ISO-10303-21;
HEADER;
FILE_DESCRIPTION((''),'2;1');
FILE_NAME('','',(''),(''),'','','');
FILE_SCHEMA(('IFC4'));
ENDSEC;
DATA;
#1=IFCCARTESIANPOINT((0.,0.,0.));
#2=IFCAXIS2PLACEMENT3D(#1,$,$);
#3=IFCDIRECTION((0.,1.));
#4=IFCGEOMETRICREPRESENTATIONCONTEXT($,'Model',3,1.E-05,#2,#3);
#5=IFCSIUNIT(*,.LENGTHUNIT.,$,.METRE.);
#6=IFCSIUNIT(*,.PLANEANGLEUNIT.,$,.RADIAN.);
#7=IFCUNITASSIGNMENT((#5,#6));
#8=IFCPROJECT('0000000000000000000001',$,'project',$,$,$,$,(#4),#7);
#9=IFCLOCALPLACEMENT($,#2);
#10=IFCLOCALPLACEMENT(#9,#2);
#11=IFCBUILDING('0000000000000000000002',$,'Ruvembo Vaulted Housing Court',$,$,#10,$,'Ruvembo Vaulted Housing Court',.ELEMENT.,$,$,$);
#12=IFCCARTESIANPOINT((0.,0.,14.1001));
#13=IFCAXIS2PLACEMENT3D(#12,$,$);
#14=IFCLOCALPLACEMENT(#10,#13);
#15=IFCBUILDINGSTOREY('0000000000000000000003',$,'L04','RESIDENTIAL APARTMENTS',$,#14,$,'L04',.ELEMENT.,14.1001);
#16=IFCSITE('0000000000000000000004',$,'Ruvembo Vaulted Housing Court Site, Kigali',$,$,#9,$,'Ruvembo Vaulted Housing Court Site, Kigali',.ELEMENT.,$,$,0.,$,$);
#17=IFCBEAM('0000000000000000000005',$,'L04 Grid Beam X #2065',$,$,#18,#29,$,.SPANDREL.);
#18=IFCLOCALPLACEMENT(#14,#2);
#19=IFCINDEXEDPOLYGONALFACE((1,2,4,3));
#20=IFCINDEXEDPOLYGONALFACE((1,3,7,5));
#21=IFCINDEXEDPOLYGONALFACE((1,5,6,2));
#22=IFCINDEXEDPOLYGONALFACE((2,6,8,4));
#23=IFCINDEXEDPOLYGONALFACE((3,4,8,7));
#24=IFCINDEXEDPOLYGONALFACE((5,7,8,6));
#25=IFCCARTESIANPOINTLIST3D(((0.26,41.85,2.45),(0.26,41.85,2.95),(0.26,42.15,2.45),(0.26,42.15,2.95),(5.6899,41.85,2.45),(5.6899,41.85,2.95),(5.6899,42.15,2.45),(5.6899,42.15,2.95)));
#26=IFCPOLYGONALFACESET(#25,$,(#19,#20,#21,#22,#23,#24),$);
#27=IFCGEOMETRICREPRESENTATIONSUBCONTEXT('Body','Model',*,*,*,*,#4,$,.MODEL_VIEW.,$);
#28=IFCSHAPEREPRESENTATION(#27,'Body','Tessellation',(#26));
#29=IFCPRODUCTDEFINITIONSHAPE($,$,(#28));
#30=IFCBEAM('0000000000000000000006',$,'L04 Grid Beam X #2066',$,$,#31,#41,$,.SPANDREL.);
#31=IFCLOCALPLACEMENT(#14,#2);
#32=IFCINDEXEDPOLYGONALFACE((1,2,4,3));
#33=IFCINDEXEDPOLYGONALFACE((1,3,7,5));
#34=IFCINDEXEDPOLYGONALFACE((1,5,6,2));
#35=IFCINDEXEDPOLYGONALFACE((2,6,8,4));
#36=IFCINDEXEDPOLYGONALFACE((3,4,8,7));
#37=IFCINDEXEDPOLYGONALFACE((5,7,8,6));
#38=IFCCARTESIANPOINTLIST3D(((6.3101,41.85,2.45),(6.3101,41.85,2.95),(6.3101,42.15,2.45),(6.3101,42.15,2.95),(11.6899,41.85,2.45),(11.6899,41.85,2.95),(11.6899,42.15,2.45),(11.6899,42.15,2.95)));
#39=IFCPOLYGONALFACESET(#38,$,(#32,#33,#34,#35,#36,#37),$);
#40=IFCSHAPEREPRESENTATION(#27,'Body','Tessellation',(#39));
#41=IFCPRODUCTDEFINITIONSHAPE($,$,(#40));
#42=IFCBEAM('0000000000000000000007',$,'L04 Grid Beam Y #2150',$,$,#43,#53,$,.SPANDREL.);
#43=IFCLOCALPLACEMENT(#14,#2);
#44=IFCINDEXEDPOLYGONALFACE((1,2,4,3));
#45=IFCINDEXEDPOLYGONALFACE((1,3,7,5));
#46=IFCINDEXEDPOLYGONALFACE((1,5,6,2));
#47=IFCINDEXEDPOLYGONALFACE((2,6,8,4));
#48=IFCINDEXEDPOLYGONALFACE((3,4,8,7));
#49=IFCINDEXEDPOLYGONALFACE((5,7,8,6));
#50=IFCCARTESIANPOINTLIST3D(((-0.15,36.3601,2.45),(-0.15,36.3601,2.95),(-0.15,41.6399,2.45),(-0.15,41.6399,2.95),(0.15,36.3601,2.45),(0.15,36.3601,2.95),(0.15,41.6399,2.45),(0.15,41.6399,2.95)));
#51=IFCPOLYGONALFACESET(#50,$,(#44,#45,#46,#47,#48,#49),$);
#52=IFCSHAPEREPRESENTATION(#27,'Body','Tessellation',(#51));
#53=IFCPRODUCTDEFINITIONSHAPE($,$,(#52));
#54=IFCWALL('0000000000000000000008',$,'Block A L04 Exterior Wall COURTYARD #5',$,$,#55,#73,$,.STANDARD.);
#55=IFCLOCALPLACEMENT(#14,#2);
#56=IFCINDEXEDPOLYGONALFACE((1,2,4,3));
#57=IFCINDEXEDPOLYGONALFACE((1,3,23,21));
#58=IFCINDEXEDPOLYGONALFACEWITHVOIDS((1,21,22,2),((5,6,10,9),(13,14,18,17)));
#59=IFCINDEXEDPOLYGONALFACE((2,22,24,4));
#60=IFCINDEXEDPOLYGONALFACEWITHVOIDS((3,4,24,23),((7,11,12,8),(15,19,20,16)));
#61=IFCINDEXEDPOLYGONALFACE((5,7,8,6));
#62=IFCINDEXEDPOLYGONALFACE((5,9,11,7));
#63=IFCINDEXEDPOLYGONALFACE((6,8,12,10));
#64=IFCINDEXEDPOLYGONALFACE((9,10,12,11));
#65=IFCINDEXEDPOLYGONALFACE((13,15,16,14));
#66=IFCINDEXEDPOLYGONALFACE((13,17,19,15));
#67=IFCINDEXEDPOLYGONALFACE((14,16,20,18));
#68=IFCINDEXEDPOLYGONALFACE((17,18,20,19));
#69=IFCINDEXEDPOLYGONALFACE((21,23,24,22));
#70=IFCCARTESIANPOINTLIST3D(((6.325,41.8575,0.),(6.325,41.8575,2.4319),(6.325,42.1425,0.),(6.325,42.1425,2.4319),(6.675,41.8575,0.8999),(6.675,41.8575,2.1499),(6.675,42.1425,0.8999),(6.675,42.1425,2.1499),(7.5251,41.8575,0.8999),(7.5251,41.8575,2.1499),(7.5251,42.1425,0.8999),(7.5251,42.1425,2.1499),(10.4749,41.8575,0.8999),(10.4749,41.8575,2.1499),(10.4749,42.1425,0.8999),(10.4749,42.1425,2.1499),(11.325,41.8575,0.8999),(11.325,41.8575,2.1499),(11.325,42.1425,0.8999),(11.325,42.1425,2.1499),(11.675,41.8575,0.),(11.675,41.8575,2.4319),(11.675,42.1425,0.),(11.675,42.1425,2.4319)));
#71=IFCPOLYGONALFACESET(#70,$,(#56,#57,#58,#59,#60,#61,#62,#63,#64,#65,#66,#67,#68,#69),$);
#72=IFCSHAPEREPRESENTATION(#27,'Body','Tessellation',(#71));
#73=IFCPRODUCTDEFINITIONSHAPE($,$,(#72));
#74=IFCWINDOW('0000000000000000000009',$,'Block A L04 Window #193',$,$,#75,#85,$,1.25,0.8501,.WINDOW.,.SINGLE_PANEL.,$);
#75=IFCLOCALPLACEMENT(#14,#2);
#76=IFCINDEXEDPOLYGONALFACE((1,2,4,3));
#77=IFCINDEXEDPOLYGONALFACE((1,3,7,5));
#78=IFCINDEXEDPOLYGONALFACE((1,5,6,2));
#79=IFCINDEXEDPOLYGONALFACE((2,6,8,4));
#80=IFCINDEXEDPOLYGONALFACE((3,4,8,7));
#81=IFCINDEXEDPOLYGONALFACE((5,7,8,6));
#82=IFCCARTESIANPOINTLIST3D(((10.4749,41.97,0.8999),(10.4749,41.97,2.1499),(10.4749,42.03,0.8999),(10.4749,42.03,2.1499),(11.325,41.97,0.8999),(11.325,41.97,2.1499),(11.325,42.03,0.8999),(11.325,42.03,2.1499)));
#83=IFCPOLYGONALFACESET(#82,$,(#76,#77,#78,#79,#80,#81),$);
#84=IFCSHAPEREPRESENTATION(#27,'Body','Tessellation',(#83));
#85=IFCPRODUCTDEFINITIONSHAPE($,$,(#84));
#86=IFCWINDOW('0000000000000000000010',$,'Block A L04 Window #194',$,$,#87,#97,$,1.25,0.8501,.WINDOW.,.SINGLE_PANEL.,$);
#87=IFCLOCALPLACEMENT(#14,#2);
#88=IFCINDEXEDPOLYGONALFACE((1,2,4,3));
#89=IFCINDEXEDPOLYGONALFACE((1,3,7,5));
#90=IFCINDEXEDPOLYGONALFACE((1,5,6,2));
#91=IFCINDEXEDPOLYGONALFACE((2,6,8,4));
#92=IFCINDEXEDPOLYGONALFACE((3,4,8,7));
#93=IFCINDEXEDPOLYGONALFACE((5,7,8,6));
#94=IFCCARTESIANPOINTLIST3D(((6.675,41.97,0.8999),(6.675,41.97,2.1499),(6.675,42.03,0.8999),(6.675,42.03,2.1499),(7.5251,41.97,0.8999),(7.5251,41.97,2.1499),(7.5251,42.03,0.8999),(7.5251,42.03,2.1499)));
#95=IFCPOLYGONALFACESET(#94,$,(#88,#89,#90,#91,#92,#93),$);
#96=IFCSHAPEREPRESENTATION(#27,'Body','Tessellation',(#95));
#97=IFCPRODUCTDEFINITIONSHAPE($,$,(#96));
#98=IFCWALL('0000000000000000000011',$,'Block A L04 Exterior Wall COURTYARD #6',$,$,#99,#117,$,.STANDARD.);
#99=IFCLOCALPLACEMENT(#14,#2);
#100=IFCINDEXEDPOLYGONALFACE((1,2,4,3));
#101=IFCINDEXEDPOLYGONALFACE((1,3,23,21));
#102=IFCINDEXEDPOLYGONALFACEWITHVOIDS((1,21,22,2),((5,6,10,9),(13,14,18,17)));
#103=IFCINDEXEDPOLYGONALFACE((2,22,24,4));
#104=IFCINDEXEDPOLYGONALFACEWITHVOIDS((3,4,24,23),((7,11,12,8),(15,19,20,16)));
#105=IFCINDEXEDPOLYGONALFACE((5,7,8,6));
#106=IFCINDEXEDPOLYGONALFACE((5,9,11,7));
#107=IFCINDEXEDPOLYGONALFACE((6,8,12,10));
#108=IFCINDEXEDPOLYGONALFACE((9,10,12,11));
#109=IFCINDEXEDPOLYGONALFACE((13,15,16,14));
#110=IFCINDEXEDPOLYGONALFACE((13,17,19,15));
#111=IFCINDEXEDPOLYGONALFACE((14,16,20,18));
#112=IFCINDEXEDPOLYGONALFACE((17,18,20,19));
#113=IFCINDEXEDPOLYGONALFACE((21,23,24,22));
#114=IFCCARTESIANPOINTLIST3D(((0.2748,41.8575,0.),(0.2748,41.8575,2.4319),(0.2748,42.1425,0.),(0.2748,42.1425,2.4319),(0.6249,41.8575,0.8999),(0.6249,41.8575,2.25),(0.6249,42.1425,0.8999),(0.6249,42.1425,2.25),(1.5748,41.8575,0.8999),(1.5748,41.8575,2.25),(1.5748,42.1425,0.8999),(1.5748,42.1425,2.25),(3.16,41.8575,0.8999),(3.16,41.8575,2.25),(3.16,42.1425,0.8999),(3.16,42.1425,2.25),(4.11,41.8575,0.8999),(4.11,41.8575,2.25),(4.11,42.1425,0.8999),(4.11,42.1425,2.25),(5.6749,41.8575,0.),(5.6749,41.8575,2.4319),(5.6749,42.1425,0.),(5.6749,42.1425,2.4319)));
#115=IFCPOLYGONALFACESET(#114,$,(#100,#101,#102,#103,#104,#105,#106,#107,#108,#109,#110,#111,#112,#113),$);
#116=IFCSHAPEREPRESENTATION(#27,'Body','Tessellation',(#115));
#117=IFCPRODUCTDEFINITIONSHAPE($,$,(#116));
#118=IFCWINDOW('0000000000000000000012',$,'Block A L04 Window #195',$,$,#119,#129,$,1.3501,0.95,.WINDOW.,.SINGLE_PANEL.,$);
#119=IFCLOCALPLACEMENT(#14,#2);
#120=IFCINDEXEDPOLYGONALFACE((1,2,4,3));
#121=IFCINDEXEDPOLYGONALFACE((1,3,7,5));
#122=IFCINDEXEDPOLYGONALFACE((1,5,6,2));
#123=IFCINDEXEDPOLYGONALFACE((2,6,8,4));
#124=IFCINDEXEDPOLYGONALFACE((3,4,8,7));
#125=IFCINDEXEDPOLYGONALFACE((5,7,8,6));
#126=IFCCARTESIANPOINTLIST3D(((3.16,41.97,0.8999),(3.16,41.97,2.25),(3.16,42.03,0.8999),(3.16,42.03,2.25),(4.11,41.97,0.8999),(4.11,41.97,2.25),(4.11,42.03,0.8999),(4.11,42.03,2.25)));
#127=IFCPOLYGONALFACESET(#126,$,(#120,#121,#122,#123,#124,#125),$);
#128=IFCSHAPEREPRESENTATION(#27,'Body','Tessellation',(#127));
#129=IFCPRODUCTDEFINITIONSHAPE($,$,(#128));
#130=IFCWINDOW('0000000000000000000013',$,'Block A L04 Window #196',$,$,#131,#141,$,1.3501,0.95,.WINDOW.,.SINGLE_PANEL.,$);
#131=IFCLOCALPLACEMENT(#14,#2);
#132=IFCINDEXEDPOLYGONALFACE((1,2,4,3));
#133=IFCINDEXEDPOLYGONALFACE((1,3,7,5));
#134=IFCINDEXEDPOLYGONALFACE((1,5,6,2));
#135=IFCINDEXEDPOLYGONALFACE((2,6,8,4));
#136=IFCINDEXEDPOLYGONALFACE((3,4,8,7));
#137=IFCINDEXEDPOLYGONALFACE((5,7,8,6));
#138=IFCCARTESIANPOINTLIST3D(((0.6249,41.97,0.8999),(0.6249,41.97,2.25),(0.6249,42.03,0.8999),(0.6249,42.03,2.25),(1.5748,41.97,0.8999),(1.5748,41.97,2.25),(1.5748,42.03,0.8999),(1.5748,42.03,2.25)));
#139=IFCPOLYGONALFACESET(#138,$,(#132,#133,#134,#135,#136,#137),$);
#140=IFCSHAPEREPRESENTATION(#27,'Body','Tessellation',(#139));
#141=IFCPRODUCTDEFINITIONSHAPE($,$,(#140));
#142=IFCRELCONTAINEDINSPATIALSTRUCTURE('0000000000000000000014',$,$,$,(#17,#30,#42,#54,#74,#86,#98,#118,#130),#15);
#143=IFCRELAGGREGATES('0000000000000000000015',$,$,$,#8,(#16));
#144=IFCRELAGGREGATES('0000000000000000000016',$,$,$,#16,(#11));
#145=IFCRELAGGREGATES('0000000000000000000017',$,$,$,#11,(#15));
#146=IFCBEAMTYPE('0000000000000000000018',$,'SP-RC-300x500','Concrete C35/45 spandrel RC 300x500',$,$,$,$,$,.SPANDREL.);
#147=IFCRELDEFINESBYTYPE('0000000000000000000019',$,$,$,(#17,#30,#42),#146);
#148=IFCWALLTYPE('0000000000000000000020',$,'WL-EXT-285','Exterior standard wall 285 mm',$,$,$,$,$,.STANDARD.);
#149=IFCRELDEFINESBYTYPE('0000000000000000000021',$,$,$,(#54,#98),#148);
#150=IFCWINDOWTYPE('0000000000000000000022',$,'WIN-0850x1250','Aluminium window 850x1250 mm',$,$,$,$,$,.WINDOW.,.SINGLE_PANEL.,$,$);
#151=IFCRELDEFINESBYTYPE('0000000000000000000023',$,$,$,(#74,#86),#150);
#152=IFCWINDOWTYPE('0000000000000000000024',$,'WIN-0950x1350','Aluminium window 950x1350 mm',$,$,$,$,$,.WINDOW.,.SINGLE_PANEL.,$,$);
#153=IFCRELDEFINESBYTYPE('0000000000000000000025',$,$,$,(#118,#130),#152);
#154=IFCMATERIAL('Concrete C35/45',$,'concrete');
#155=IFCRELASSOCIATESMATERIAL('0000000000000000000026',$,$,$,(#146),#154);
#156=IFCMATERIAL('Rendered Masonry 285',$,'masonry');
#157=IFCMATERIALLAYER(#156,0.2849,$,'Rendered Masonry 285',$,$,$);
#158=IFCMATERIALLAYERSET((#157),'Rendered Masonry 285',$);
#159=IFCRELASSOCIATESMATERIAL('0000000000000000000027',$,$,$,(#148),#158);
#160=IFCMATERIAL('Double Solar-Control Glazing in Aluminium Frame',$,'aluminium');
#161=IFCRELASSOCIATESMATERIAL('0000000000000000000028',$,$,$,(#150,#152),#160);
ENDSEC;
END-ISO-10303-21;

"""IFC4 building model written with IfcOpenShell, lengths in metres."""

from ifc_helpers import new_model, si_unit, direction, frame, frame_2d, origin, origin_2d, place, context, subcontext, project, spatial, rectangle, extrude, material, layer, layer_set, material_profile, profile_set, type_object, element, fill, save


model = new_model("IFC4")

# Units and contexts
model_context = context("Model", 3, precision=1e-05, world=origin(), true_north=direction((0.0, 1.0)))
body_context = subcontext(model_context, "Body", "Model", "MODEL_VIEW")
ifc_project = project(units=[si_unit("LENGTHUNIT", "METRE"), si_unit("PLANEANGLEUNIT", "RADIAN")], contexts=[model_context])

# Site, building, storey
site_placement = place(None, origin())
site = spatial("IfcSite", under=ifc_project, at=site_placement, Name="Ruvembo Vaulted Housing Court Site, Kigali", LongName="Ruvembo Vaulted Housing Court Site, Kigali", CompositionType="ELEMENT", RefElevation=0.0)
building_placement = place(site_placement, origin())
building = spatial("IfcBuilding", under=site, at=building_placement, Name="Ruvembo Vaulted Housing Court", LongName="Ruvembo Vaulted Housing Court", CompositionType="ELEMENT")
storey_placement = place(building_placement, frame((0.0, 0.0, 14.1001)))
storey = spatial("IfcBuildingStorey", under=building, at=storey_placement, Name="L04", Description="RESIDENTIAL APARTMENTS", LongName="L04", CompositionType="ELEMENT", Elevation=14.1001)

# Beams
ifc_material_1 = material(Name="Concrete C35/45", Category="concrete")
ifc_material_profile_1 = material_profile(ifc_material_1, rectangle(XDim=0.3, YDim=0.5, at=origin_2d()), Name="RC 300x500")
ifc_profile_set_1 = profile_set([ifc_material_profile_1], Name="Concrete C35/45")
beam_type_1 = type_object("IfcBeamType", Name="SP-RC-300x500", Description="Concrete C35/45 spandrel RC 300x500", PredefinedType="SPANDREL", material=ifc_profile_set_1)
beam_1_placement = place(storey_placement, frame((0.26, 42.0, 2.7), z_axis=(1.0, 0.0, 0.0), x_axis=(0.0, 1.0, 0.0)))
element("IfcBeam", 1, at=beam_1_placement, inside=storey, type_object=beam_type_1, Name="L04 Grid Beam X #2065", PredefinedType="SPANDREL", context=body_context, shape_type="SweptSolid", body=[
    extrude(rectangle(XDim=0.3, YDim=0.5, at=origin_2d()), origin(), (0.0, 0.0, 1.0), 5.4299),
])
beam_2_placement = place(storey_placement, frame((6.3101, 42.0, 2.7), z_axis=(1.0, 0.0, 0.0), x_axis=(0.0, 1.0, 0.0)))
element("IfcBeam", 2, at=beam_2_placement, inside=storey, type_object=beam_type_1, Name="L04 Grid Beam X #2066", PredefinedType="SPANDREL", context=body_context, shape_type="SweptSolid", body=[
    extrude(rectangle(XDim=0.3, YDim=0.5, at=origin_2d()), origin(), (0.0, 0.0, 1.0), 5.3799),
])
beam_3_placement = place(storey_placement, frame((0.0, 36.3601, 2.7), z_axis=(0.0, 1.0, 0.0), x_axis=(-1.0, 0.0, 0.0)))
element("IfcBeam", 3, at=beam_3_placement, inside=storey, type_object=beam_type_1, Name="L04 Grid Beam Y #2150", PredefinedType="SPANDREL", context=body_context, shape_type="SweptSolid", body=[
    extrude(rectangle(XDim=0.3, YDim=0.5, at=origin_2d()), origin(), (0.0, 0.0, 1.0), 5.2798),
])

# Walls, openings, windows
ifc_material_2 = material(Name="Rendered Masonry 285", Category="masonry")
ifc_layer_1 = layer(ifc_material_2, 0.2849, Name="Rendered Masonry 285")
ifc_layer_set_1 = layer_set([ifc_layer_1], Name="Rendered Masonry 285")
wall_type_1 = type_object("IfcWallType", Name="WL-EXT-285", Description="Exterior standard wall 285 mm", PredefinedType="STANDARD", material=ifc_layer_set_1)
wall_1_placement = place(storey_placement, frame((11.675, 42.0, 0.0), z_axis=(0.0, 0.0, 1.0), x_axis=(-1.0, 0.0, 0.0)))
wall_1 = element("IfcWall", 4, at=wall_1_placement, inside=storey, type_object=wall_type_1, Name="Block A L04 Exterior Wall COURTYARD #5", PredefinedType="STANDARD", context=body_context, shape_type="SweptSolid", body=[
    extrude(rectangle(XDim=5.3501, YDim=0.2849, at=frame_2d((2.675, 0.0))), origin(), (0.0, 0.0, 1.0), 2.4319),
])
opening_1_placement = place(wall_1_placement, frame((0.3501, 0.0, 0.8999)))
opening_1 = element("IfcOpeningElement", 5, at=opening_1_placement, cuts=wall_1, PredefinedType="OPENING", context=body_context, shape_type="SweptSolid", body=[
    extrude(rectangle(XDim=0.8501, YDim=1.25, at=frame_2d((0.425, 0.625))), frame((0.0, 0.1523, 0.0), z_axis=(0.0, -1.0, 0.0), x_axis=(1.0, 0.0, 0.0)), (0.0, 0.0, 1.0), 0.3049),
])
opening_2_placement = place(wall_1_placement, frame((4.1499, 0.0, 0.8999)))
opening_2 = element("IfcOpeningElement", 6, at=opening_2_placement, cuts=wall_1, PredefinedType="OPENING", context=body_context, shape_type="SweptSolid", body=[
    extrude(rectangle(XDim=0.8501, YDim=1.25, at=frame_2d((0.425, 0.625))), frame((0.0, 0.1523, 0.0), z_axis=(0.0, -1.0, 0.0), x_axis=(1.0, 0.0, 0.0)), (0.0, 0.0, 1.0), 0.3049),
])
ifc_material_3 = material(Name="Double Solar-Control Glazing in Aluminium Frame", Category="aluminium")
window_type_1 = type_object("IfcWindowType", Name="WIN-0850x1250", Description="Aluminium window 850x1250 mm", PartitioningType="SINGLE_PANEL", PredefinedType="WINDOW", material=ifc_material_3)
window_1_placement = place(opening_1_placement, origin())
window_1 = element("IfcWindow", 7, at=window_1_placement, inside=storey, type_object=window_type_1, Name="Block A L04 Window #193", OverallHeight=1.25, OverallWidth=0.8501, PartitioningType="SINGLE_PANEL", PredefinedType="WINDOW", context=body_context, shape_type="SweptSolid", body=[
    extrude(rectangle(XDim=0.8501, YDim=1.25, at=frame_2d((0.425, 0.625))), frame((0.0, 0.03, 0.0), z_axis=(0.0, -1.0, 0.0), x_axis=(1.0, 0.0, 0.0)), (0.0, 0.0, 1.0), 0.0601),
])
fill(opening_1, window_1)
window_2_placement = place(opening_2_placement, origin())
window_2 = element("IfcWindow", 8, at=window_2_placement, inside=storey, type_object=window_type_1, Name="Block A L04 Window #194", OverallHeight=1.25, OverallWidth=0.8501, PartitioningType="SINGLE_PANEL", PredefinedType="WINDOW", context=body_context, shape_type="SweptSolid", body=[
    extrude(rectangle(XDim=0.8501, YDim=1.25, at=frame_2d((0.425, 0.625))), frame((0.0, 0.03, 0.0), z_axis=(0.0, -1.0, 0.0), x_axis=(1.0, 0.0, 0.0)), (0.0, 0.0, 1.0), 0.0601),
])
fill(opening_2, window_2)
wall_2_placement = place(storey_placement, frame((5.675, 42.0, 0.0), z_axis=(0.0, 0.0, 1.0), x_axis=(-1.0, 0.0, 0.0)))
wall_2 = element("IfcWall", 9, at=wall_2_placement, inside=storey, type_object=wall_type_1, Name="Block A L04 Exterior Wall COURTYARD #6", PredefinedType="STANDARD", context=body_context, shape_type="SweptSolid", body=[
    extrude(rectangle(XDim=5.4001, YDim=0.2849, at=frame_2d((2.7002, 0.0))), origin(), (0.0, 0.0, 1.0), 2.4319),
])
opening_3_placement = place(wall_2_placement, frame((1.5649, 0.0, 0.8999)))
opening_3 = element("IfcOpeningElement", 10, at=opening_3_placement, cuts=wall_2, PredefinedType="OPENING", context=body_context, shape_type="SweptSolid", body=[
    extrude(rectangle(XDim=0.95, YDim=1.3501, at=frame_2d((0.4751, 0.675))), frame((0.0, 0.1523, 0.0), z_axis=(0.0, -1.0, 0.0), x_axis=(1.0, 0.0, 0.0)), (0.0, 0.0, 1.0), 0.3049),
])
opening_4_placement = place(wall_2_placement, frame((4.1001, 0.0, 0.8999)))
opening_4 = element("IfcOpeningElement", 11, at=opening_4_placement, cuts=wall_2, PredefinedType="OPENING", context=body_context, shape_type="SweptSolid", body=[
    extrude(rectangle(XDim=0.95, YDim=1.3501, at=frame_2d((0.4751, 0.675))), frame((0.0, 0.1523, 0.0), z_axis=(0.0, -1.0, 0.0), x_axis=(1.0, 0.0, 0.0)), (0.0, 0.0, 1.0), 0.3049),
])
window_type_2 = type_object("IfcWindowType", Name="WIN-0950x1350", Description="Aluminium window 950x1350 mm", PartitioningType="SINGLE_PANEL", PredefinedType="WINDOW", material=ifc_material_3)
window_3_placement = place(opening_3_placement, origin())
window_3 = element("IfcWindow", 12, at=window_3_placement, inside=storey, type_object=window_type_2, Name="Block A L04 Window #195", OverallHeight=1.3501, OverallWidth=0.95, PartitioningType="SINGLE_PANEL", PredefinedType="WINDOW", context=body_context, shape_type="SweptSolid", body=[
    extrude(rectangle(XDim=0.95, YDim=1.3501, at=frame_2d((0.4751, 0.675))), frame((0.0, 0.03, 0.0), z_axis=(0.0, -1.0, 0.0), x_axis=(1.0, 0.0, 0.0)), (0.0, 0.0, 1.0), 0.0601),
])
fill(opening_3, window_3)
window_4_placement = place(opening_4_placement, origin())
window_4 = element("IfcWindow", 13, at=window_4_placement, inside=storey, type_object=window_type_2, Name="Block A L04 Window #196", OverallHeight=1.3501, OverallWidth=0.95, PartitioningType="SINGLE_PANEL", PredefinedType="WINDOW", context=body_context, shape_type="SweptSolid", body=[
    extrude(rectangle(XDim=0.95, YDim=1.3501, at=frame_2d((0.4751, 0.675))), frame((0.0, 0.03, 0.0), z_axis=(0.0, -1.0, 0.0), x_axis=(1.0, 0.0, 0.0)), (0.0, 0.0, 1.0), 0.0601),
])
fill(opening_4, window_4)

save(model, "model.ifc")
